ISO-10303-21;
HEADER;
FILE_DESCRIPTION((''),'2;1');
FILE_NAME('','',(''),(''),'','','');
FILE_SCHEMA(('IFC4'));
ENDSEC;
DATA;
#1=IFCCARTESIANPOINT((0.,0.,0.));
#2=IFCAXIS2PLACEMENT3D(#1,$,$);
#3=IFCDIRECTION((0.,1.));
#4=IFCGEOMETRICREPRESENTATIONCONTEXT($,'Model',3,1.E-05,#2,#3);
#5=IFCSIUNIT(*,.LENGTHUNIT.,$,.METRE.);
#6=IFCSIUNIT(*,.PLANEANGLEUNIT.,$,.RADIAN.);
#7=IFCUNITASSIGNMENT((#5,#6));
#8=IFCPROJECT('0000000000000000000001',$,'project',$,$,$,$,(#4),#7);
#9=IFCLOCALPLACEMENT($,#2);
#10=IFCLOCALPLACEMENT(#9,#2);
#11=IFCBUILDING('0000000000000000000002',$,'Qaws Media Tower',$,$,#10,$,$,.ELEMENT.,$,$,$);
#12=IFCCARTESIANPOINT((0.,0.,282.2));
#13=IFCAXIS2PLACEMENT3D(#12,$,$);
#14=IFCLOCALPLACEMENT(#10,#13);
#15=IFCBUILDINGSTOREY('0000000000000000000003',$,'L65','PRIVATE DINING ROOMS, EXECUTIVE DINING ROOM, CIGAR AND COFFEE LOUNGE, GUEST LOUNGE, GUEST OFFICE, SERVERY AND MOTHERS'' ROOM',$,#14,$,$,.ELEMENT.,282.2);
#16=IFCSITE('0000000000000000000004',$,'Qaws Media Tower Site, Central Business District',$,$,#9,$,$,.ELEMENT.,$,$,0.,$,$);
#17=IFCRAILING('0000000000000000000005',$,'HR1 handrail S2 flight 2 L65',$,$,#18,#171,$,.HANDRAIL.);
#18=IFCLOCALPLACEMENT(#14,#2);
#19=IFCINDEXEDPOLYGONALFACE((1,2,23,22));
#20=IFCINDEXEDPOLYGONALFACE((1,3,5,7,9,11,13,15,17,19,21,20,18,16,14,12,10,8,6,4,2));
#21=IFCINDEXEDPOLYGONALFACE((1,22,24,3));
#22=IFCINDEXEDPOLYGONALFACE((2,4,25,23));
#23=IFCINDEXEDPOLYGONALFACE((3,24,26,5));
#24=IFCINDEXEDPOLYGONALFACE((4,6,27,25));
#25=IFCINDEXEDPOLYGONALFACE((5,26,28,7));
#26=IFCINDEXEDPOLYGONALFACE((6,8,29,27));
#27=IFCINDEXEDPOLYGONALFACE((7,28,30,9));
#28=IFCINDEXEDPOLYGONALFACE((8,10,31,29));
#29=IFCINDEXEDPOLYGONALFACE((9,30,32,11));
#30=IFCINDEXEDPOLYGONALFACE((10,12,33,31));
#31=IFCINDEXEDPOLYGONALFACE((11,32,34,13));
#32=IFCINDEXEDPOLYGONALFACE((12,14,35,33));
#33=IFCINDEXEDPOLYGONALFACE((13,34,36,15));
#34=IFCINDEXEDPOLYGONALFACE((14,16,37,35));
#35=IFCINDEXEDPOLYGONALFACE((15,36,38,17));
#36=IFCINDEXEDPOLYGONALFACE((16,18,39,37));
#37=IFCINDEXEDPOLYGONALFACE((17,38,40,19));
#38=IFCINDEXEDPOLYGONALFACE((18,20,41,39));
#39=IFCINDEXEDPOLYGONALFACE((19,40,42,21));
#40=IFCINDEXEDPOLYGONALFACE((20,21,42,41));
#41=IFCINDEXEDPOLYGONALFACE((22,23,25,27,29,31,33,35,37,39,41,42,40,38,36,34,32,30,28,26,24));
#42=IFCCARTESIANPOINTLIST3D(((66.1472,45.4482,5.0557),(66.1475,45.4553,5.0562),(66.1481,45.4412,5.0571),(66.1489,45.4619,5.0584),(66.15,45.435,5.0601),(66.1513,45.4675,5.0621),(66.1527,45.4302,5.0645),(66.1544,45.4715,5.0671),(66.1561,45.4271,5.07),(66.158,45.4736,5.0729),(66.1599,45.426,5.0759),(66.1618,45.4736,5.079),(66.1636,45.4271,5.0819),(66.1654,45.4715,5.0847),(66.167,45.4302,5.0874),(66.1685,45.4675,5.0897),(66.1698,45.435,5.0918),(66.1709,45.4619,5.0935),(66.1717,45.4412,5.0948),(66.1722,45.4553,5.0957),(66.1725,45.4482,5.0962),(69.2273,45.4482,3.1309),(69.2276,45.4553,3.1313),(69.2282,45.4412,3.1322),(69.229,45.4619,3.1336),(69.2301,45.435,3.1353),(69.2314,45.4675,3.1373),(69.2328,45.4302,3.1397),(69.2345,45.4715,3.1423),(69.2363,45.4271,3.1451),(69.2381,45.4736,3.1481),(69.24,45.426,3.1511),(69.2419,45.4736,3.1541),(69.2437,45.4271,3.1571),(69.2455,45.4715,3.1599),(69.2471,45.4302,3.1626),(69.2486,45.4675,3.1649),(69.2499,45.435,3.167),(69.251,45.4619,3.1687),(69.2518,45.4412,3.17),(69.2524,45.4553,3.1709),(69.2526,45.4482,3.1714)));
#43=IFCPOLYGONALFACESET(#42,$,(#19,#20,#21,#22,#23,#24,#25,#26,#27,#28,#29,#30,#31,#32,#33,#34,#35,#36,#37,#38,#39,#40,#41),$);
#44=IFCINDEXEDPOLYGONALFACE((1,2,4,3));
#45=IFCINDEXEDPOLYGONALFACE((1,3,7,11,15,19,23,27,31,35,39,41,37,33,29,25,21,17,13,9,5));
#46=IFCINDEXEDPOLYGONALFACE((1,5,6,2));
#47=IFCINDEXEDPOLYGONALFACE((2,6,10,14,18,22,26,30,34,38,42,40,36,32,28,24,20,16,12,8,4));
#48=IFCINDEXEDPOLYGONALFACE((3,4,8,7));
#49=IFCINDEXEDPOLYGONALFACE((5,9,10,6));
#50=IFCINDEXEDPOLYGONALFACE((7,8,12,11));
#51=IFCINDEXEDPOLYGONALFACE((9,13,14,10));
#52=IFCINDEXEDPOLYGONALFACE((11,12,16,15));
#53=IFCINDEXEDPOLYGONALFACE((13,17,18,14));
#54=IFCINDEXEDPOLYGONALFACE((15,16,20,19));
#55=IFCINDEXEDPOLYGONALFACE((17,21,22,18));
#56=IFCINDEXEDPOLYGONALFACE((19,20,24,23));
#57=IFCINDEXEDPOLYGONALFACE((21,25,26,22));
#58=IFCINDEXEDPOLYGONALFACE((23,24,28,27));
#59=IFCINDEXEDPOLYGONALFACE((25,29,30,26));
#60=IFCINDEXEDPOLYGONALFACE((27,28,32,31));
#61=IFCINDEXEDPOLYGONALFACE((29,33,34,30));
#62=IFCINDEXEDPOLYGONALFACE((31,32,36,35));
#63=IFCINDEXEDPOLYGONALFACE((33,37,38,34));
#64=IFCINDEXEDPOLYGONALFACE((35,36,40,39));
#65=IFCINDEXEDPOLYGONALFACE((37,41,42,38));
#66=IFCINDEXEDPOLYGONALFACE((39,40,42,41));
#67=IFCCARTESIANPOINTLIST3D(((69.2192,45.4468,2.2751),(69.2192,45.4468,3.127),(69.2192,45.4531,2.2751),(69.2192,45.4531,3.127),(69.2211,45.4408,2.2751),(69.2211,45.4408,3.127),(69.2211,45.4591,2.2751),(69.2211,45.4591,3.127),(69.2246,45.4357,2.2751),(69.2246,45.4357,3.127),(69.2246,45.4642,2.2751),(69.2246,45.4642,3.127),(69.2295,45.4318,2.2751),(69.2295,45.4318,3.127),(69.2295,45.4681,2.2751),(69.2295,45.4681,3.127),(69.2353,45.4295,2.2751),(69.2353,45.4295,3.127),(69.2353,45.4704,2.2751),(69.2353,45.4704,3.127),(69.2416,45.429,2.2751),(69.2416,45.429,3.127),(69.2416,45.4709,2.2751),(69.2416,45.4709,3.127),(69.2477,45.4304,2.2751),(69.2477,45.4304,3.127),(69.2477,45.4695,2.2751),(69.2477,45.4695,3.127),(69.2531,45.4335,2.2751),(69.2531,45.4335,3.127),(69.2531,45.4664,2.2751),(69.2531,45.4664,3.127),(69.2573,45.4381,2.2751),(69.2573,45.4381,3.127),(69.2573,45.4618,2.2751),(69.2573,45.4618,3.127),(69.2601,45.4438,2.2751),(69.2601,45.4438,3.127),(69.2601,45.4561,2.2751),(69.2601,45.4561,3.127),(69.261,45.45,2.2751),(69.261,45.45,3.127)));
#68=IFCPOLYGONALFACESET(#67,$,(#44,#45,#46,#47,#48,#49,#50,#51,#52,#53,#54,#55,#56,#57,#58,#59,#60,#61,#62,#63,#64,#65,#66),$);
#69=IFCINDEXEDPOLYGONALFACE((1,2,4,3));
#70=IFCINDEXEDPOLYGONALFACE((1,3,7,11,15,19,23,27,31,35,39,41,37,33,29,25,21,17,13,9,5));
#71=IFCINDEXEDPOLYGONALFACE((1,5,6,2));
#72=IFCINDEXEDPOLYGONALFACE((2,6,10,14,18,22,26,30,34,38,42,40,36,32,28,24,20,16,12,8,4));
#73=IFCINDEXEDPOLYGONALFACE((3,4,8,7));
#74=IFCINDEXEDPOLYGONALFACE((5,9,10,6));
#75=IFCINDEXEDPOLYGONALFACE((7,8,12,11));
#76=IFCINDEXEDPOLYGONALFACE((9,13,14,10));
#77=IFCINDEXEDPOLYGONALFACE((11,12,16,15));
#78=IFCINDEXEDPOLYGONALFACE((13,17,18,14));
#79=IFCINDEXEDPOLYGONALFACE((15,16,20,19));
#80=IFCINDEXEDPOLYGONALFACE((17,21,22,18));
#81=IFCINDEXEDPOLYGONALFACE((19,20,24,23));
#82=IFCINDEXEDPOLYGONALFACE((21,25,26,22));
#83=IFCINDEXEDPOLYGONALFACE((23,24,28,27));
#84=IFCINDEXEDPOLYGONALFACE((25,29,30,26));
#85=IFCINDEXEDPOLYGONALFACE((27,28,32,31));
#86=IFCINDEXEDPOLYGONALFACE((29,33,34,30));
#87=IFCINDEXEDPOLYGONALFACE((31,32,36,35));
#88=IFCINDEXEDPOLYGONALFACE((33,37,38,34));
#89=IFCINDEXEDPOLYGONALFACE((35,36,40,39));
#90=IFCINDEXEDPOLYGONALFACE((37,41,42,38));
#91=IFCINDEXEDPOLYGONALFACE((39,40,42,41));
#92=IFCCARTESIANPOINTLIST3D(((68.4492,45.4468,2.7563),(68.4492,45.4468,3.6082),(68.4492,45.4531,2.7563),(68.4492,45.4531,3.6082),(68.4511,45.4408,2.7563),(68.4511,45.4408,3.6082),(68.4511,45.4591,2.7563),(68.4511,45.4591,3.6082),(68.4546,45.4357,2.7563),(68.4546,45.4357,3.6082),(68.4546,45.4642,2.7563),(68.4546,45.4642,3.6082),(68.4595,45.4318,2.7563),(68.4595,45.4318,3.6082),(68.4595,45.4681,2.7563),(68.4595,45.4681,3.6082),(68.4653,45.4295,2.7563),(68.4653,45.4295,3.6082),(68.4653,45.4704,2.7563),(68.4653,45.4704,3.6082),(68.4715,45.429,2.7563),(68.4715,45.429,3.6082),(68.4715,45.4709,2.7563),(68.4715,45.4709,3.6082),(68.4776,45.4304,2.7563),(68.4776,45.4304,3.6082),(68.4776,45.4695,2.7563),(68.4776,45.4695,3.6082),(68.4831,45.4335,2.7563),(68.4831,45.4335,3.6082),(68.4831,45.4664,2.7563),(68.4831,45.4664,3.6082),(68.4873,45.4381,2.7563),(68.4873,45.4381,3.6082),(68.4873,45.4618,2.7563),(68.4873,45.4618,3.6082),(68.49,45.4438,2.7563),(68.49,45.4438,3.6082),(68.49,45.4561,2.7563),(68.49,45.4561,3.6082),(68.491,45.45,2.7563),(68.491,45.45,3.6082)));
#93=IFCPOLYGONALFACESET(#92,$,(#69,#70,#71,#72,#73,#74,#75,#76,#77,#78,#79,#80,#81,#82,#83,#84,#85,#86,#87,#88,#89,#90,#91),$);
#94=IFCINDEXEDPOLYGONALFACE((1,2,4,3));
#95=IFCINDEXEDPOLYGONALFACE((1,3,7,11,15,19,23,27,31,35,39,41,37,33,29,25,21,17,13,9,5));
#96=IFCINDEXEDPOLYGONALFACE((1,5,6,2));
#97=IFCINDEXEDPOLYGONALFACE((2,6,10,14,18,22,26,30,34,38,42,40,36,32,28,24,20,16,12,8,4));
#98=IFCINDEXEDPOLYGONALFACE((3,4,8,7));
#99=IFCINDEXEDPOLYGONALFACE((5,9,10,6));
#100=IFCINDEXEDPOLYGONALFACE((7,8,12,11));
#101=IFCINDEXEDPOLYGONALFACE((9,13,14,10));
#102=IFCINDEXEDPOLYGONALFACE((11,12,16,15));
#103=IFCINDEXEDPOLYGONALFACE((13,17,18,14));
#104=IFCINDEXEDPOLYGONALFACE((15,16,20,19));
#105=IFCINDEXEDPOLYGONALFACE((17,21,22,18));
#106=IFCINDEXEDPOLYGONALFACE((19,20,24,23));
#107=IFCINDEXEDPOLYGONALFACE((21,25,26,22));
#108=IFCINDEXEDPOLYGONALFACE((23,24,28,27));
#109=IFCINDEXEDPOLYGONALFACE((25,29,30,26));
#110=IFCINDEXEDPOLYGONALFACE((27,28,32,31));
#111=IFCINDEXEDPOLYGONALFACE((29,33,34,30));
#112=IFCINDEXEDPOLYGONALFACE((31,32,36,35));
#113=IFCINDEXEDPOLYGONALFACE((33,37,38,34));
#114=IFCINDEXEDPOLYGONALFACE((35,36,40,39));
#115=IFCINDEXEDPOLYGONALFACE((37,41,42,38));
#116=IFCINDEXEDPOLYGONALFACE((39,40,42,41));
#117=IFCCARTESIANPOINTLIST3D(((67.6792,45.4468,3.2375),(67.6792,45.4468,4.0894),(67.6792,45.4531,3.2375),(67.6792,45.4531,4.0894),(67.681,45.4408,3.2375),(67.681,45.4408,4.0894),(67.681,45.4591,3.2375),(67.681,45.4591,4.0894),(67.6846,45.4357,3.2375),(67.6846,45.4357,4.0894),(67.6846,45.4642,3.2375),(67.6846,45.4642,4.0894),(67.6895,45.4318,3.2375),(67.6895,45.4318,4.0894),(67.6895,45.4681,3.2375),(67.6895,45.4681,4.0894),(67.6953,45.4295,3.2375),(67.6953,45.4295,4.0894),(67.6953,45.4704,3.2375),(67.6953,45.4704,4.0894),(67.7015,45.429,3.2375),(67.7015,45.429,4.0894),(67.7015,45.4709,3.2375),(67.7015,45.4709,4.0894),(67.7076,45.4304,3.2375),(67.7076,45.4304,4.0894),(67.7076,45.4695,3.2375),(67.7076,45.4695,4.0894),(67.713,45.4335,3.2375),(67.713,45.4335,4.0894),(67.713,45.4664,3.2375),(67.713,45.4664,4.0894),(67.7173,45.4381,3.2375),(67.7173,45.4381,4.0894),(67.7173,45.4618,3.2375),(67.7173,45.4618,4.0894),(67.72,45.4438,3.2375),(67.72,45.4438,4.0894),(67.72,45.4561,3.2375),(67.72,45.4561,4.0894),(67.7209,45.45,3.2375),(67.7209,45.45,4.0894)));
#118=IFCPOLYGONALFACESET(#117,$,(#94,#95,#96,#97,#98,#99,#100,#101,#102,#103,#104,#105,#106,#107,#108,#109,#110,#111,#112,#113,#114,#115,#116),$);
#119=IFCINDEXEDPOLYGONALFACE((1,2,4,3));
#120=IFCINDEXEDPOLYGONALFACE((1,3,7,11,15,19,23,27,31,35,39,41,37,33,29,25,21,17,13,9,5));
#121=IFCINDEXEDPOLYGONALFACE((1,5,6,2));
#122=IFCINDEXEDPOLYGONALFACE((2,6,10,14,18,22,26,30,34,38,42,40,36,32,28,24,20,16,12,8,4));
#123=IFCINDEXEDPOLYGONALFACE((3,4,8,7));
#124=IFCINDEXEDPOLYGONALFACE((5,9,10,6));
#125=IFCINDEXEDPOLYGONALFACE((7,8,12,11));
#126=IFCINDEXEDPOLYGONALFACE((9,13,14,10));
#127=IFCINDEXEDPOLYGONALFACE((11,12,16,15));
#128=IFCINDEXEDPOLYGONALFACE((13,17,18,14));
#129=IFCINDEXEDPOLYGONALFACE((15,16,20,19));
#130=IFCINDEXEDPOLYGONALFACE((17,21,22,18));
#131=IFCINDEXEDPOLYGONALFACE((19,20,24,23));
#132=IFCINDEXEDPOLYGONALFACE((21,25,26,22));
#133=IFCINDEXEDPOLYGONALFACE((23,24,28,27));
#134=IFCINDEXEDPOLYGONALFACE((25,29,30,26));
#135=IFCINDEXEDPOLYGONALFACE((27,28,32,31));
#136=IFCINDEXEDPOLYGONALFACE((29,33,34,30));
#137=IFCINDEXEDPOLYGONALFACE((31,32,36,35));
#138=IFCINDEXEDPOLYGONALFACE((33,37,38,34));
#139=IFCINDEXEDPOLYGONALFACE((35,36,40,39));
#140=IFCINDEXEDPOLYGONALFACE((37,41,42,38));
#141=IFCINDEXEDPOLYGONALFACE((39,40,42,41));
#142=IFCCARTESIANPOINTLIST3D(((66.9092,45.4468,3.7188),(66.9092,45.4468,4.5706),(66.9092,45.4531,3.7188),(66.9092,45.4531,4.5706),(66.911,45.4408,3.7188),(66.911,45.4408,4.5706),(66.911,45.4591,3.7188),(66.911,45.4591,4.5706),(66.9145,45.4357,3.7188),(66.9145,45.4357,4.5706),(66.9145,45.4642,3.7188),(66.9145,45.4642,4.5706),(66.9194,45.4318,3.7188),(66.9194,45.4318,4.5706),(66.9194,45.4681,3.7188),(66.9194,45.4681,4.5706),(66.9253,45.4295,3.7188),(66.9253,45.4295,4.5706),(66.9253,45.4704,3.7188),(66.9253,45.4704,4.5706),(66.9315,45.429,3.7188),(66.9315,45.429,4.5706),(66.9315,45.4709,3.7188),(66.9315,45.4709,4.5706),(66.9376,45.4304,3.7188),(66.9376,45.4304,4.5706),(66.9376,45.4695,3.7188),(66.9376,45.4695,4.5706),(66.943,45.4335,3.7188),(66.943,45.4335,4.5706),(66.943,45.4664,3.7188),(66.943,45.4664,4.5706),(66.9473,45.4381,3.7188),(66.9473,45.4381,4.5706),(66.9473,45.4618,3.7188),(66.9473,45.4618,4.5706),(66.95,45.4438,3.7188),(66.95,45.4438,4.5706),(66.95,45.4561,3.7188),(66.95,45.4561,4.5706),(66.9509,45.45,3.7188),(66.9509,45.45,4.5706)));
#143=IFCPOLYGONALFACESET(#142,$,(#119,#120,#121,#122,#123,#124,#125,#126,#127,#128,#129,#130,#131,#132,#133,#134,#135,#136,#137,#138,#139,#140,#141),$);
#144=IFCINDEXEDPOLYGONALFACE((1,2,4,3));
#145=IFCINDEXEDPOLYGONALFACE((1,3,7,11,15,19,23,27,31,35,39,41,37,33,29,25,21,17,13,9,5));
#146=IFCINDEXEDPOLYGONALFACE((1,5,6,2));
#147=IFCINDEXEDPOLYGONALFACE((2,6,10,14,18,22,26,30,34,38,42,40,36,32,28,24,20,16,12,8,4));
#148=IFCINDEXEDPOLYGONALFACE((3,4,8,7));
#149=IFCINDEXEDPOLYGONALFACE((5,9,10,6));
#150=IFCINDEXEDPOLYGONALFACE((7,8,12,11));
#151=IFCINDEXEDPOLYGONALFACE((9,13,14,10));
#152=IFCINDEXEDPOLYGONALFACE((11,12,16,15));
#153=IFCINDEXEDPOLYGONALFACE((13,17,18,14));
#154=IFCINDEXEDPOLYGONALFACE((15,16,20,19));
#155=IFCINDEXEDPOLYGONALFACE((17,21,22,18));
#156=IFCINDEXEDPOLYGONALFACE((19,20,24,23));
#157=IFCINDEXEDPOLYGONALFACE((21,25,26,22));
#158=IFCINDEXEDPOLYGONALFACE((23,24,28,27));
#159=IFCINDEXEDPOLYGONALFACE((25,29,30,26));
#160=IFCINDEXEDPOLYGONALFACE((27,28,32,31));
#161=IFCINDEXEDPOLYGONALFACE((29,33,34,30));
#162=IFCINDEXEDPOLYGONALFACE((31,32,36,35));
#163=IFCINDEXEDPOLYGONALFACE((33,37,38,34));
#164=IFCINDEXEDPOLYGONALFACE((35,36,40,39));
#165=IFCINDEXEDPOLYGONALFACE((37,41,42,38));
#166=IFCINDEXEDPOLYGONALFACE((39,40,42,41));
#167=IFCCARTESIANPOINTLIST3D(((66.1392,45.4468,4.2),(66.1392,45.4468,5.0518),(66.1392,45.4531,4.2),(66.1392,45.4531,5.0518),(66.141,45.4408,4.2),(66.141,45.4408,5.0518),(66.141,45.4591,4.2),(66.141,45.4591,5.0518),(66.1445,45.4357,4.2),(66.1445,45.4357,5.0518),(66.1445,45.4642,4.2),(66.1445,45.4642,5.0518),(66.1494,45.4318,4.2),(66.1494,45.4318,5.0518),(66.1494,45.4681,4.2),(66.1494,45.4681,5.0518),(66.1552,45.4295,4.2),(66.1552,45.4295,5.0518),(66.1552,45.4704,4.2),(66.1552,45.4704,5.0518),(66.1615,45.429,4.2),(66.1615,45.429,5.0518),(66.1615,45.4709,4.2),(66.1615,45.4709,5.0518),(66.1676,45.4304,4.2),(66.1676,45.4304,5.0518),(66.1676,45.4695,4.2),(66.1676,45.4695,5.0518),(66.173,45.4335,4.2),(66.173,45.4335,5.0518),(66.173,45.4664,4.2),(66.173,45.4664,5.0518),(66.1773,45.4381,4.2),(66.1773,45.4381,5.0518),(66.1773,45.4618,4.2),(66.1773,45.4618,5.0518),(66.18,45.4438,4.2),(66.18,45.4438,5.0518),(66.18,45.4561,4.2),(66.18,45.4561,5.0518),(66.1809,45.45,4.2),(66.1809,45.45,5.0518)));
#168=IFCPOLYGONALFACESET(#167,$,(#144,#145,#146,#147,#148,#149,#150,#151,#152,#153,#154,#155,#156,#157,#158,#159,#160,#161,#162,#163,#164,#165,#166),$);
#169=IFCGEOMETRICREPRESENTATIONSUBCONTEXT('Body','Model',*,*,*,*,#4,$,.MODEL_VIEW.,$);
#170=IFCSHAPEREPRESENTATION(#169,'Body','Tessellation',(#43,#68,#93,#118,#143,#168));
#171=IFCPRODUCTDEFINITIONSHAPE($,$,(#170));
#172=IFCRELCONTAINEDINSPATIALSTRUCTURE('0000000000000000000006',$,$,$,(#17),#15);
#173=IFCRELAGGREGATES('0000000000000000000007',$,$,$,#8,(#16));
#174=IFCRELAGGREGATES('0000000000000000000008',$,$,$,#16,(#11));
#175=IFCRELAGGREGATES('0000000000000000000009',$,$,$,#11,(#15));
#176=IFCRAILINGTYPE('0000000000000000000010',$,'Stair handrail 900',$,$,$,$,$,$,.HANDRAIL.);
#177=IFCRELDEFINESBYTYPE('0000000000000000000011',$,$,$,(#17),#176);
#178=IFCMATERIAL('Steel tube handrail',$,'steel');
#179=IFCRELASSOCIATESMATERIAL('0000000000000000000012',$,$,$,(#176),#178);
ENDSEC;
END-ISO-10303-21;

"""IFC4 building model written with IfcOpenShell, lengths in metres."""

from ifc_helpers import new_model, si_unit, direction, frame, origin, origin_2d, place, context, subcontext, project, spatial, circle, extrude, material, type_object, element, save


model = new_model("IFC4")

# Units and contexts
model_context = context("Model", 3, precision=1e-05, world=origin(), true_north=direction((0.0, 1.0)))
body_context = subcontext(model_context, "Body", "Model", "MODEL_VIEW")
ifc_project = project(units=[si_unit("LENGTHUNIT", "METRE"), si_unit("PLANEANGLEUNIT", "RADIAN")], contexts=[model_context])

# Site, building, storey
site_placement = place(None, origin())
site = spatial("IfcSite", under=ifc_project, at=site_placement, Name="Qaws Media Tower Site, Central Business District", CompositionType="ELEMENT", RefElevation=0.0)
building_placement = place(site_placement, origin())
building = spatial("IfcBuilding", under=site, at=building_placement, Name="Qaws Media Tower", CompositionType="ELEMENT")
storey_placement = place(building_placement, frame((0.0, 0.0, 282.2)))
storey = spatial("IfcBuildingStorey", under=building, at=storey_placement, Name="L65", Description="PRIVATE DINING ROOMS, EXECUTIVE DINING ROOM, CIGAR AND COFFEE LOUNGE, GUEST LOUNGE, GUEST OFFICE, SERVERY AND MOTHERS' ROOM", CompositionType="ELEMENT", Elevation=282.2)

# Railing
ifc_material_1 = material(Name="Steel tube handrail", Category="steel")
railing_type_1 = type_object("IfcRailingType", Name="Stair handrail 900", PredefinedType="HANDRAIL", material=ifc_material_1)
railing_1_placement = place(storey_placement, frame((69.24, 45.45, 2.2751)))
element("IfcRailing", 1, at=railing_1_placement, inside=storey, type_object=railing_type_1, Name="HR1 handrail S2 flight 2 L65", PredefinedType="HANDRAIL", context=body_context, shape_type="SweptSolid", body=[
    extrude(circle(Radius=0.0239, at=origin_2d()), frame((0.0, 0.0, 0.876), z_axis=(-0.848029, 0.0, 0.529951), x_axis=(0.0, -1.0, 0.0)), (0.0, 0.0, 1.0), 3.6321),
    extrude(circle(Radius=0.021, at=origin_2d()), origin(), (0.0, 0.0, 1.0), 0.8518),
    extrude(circle(Radius=0.021, at=origin_2d()), frame((-0.77, 0.0, 0.4812)), (0.0, 0.0, 1.0), 0.8518),
    extrude(circle(Radius=0.021, at=origin_2d()), frame((-1.54, 0.0, 0.9624)), (0.0, 0.0, 1.0), 0.8518),
    extrude(circle(Radius=0.021, at=origin_2d()), frame((-2.3101, 0.0, 1.4436)), (0.0, 0.0, 1.0), 0.8518),
    extrude(circle(Radius=0.021, at=origin_2d()), frame((-3.0801, 0.0, 1.9248)), (0.0, 0.0, 1.0), 0.8518),
])

save(model, "model.ifc")
